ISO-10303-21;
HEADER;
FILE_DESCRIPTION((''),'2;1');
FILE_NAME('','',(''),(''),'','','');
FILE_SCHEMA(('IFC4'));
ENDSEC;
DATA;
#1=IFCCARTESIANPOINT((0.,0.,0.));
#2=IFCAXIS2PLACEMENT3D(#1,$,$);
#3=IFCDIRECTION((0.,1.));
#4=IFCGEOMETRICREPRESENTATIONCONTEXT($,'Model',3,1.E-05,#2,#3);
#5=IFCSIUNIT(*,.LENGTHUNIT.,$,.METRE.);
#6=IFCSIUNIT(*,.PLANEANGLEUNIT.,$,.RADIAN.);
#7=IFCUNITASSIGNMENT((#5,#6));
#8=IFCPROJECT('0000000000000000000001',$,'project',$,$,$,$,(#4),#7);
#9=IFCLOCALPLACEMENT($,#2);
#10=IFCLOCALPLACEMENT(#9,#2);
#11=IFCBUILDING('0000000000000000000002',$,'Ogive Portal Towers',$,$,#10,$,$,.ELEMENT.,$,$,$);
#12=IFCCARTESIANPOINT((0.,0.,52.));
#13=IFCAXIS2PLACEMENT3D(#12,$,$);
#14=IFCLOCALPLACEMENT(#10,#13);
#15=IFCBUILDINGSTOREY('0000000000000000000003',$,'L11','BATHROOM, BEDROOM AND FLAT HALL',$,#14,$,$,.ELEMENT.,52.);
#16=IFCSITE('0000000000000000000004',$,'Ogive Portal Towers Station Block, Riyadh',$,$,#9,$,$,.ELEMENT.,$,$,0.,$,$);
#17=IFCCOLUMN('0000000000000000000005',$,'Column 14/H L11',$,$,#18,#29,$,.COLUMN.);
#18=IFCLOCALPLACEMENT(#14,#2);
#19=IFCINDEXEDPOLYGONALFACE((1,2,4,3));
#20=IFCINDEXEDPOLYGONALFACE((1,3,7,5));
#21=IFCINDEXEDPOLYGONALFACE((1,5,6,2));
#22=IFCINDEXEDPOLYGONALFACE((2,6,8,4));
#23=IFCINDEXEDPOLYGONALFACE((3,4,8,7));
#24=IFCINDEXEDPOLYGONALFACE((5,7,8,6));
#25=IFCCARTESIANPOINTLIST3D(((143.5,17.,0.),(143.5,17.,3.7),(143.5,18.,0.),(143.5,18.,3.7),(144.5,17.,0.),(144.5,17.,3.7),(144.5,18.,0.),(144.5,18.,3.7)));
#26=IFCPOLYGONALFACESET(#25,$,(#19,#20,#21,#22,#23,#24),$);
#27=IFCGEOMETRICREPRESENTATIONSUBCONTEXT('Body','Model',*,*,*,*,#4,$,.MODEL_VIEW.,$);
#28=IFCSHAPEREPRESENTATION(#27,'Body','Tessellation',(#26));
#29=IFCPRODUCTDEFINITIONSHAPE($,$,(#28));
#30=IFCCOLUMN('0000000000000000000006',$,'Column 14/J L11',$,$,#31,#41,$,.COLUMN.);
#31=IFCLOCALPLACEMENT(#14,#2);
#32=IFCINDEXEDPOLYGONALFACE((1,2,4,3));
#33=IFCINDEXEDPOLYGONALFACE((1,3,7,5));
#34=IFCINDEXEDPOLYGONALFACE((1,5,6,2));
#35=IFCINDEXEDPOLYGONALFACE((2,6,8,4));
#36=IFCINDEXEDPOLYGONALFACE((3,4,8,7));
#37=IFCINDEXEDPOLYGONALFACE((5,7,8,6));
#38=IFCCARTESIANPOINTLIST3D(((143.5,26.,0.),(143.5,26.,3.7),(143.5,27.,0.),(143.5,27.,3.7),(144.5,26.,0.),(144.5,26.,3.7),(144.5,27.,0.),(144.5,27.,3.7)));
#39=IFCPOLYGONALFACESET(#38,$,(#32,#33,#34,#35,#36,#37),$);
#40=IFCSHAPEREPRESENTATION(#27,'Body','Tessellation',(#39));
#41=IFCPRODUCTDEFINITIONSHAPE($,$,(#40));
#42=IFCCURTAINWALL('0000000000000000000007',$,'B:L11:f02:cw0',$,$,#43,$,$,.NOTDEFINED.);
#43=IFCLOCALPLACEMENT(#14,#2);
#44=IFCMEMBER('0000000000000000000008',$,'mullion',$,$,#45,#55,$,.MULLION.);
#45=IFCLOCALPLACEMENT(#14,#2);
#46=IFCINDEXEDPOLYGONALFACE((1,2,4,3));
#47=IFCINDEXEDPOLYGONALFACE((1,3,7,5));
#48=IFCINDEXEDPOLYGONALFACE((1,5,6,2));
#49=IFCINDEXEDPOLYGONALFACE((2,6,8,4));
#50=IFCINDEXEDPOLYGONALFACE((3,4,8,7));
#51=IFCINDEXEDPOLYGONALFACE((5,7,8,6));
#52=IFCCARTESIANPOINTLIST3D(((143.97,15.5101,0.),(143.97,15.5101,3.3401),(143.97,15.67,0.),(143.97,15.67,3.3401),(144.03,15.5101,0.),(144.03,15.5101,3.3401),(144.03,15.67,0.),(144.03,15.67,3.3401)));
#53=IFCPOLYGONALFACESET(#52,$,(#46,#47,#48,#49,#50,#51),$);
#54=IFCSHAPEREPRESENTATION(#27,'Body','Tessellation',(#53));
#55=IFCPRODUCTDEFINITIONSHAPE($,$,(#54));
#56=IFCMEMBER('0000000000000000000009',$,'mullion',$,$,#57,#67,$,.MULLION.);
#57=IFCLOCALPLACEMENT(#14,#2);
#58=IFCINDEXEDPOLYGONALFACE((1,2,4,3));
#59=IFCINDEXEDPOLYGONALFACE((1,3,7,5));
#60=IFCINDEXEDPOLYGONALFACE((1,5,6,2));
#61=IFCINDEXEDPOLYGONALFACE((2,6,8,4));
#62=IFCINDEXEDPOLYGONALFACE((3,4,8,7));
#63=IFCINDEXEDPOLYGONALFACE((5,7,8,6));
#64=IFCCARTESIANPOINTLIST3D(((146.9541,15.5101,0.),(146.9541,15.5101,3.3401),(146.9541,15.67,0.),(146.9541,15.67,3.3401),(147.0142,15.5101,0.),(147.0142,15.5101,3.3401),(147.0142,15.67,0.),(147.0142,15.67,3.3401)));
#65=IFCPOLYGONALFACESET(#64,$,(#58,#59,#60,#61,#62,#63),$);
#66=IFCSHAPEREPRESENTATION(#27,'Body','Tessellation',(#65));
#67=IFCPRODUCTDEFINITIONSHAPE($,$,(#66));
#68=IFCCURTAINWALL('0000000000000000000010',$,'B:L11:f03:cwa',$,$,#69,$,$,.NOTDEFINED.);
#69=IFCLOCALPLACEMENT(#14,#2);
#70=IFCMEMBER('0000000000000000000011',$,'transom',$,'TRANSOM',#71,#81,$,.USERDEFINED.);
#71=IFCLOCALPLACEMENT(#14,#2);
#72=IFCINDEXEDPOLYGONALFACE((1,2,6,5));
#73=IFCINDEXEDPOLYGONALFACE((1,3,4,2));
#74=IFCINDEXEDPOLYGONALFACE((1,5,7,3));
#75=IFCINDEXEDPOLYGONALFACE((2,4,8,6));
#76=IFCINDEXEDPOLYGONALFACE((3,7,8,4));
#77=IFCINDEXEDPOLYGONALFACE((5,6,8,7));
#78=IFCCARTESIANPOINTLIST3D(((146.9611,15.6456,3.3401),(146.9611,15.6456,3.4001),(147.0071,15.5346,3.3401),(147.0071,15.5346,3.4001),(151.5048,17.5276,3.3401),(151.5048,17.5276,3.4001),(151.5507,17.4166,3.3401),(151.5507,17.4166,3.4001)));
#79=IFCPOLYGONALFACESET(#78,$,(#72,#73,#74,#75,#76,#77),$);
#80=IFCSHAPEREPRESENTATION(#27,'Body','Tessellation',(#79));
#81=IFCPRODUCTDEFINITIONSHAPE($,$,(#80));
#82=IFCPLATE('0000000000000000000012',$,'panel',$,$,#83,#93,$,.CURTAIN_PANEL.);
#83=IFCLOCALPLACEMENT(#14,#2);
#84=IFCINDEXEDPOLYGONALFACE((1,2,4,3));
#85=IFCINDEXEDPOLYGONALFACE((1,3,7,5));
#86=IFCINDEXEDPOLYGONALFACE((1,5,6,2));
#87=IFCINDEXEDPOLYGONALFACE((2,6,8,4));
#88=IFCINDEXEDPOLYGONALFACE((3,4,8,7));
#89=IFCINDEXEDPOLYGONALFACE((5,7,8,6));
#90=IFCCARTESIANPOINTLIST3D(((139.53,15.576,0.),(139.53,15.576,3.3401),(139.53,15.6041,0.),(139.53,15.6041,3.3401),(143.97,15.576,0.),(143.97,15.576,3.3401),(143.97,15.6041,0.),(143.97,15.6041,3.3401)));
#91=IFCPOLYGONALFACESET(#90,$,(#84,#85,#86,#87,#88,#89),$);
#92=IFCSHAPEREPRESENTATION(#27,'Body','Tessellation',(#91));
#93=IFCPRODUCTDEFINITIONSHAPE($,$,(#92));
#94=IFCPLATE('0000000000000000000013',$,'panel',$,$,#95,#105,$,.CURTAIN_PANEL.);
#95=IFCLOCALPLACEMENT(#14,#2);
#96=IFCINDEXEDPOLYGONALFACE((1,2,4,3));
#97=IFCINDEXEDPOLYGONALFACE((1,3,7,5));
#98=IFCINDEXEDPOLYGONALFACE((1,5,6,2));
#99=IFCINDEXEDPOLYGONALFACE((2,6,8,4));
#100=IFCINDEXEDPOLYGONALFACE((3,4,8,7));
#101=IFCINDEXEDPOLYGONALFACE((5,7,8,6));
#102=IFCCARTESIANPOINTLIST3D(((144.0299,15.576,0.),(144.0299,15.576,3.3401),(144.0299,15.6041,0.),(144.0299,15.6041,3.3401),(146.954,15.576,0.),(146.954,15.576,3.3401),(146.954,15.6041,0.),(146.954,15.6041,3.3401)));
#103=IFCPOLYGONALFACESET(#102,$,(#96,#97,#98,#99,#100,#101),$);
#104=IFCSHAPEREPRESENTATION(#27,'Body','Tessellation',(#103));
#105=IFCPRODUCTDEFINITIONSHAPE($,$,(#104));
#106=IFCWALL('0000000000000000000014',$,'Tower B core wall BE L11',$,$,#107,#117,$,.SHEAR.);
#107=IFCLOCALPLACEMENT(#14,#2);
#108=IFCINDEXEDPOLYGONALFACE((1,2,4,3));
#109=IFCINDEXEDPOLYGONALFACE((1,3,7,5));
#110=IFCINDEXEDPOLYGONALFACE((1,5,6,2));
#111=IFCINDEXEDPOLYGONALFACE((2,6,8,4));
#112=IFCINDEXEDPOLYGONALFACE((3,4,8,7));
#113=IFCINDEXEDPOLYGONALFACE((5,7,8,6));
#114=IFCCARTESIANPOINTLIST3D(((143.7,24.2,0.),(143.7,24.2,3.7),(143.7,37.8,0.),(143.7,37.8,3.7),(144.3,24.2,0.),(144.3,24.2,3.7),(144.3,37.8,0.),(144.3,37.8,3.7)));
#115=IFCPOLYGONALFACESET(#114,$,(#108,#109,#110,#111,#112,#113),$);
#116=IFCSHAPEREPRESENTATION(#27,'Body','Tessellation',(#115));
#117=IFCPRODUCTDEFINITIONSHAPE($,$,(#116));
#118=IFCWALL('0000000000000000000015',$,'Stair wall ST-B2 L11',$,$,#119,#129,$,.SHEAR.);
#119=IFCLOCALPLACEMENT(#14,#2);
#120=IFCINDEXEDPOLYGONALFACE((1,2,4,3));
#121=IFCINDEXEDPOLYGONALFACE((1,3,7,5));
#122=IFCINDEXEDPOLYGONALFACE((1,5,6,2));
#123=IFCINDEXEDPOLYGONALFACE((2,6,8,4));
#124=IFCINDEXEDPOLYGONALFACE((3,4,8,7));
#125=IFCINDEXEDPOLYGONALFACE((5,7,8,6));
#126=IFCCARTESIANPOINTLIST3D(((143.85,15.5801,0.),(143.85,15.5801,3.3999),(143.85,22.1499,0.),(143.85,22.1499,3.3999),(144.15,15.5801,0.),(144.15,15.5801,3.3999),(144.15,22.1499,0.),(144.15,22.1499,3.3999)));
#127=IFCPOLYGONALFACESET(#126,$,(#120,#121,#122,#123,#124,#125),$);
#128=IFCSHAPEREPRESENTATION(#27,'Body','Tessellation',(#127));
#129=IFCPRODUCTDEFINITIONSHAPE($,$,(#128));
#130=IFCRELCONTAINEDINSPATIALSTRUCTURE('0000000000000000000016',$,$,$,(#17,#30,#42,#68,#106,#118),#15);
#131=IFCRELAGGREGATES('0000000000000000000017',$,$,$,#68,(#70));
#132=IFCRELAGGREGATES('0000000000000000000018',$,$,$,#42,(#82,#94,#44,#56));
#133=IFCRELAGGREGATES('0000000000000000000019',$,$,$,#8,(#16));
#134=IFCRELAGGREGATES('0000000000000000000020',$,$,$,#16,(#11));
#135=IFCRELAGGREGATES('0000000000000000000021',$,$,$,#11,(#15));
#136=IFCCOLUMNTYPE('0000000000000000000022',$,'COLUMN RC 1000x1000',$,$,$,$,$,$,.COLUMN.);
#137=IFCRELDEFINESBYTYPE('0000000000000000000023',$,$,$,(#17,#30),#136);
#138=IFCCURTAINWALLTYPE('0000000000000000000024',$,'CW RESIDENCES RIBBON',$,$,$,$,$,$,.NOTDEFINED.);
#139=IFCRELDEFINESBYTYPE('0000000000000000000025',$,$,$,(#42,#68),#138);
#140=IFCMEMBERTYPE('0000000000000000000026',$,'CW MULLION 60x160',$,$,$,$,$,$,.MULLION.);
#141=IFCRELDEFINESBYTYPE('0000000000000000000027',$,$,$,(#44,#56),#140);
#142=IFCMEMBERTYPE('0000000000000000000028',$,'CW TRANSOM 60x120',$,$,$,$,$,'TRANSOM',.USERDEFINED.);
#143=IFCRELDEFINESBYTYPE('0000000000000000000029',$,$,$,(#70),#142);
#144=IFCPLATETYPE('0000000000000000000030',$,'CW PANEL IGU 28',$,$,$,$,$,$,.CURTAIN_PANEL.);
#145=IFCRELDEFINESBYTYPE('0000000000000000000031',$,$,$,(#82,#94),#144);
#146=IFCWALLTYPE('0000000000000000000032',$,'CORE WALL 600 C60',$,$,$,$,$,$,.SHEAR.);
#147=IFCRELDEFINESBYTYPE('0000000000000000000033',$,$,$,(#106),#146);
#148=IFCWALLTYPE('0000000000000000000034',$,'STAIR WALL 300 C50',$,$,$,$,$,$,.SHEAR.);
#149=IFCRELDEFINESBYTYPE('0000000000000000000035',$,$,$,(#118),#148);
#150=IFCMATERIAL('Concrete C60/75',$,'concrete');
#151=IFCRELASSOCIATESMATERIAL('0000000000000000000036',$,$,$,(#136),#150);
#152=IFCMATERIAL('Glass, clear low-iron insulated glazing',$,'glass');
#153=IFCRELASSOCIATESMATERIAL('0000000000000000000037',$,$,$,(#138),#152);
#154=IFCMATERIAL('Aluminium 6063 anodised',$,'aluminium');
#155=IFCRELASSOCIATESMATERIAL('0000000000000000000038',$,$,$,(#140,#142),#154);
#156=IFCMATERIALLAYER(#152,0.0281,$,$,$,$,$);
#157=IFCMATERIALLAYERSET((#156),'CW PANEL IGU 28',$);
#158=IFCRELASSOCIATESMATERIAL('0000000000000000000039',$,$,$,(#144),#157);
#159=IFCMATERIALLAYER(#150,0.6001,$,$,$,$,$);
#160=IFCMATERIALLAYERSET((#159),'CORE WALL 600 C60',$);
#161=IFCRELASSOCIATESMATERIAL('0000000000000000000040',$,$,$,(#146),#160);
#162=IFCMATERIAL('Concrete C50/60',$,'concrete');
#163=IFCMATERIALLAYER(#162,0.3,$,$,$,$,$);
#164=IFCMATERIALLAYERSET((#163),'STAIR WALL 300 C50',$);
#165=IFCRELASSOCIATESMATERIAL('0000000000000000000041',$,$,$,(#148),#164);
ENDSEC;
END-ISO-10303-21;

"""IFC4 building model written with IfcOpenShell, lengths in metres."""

from ifc_helpers import new_model, si_unit, direction, frame, frame_2d, origin, origin_2d, place, context, subcontext, project, spatial, rectangle, extrude, material, layer, layer_set, material_profile, profile_set, type_object, element, aggregate, save


model = new_model("IFC4")

# Units and contexts
model_context = context("Model", 3, precision=1e-05, world=origin(), true_north=direction((0.0, 1.0)))
body_context = subcontext(model_context, "Body", "Model", "MODEL_VIEW")
ifc_project = project(units=[si_unit("LENGTHUNIT", "METRE"), si_unit("PLANEANGLEUNIT", "RADIAN")], contexts=[model_context])

# Site, building, storey
site_placement = place(None, origin())
site = spatial("IfcSite", under=ifc_project, at=site_placement, Name="Ogive Portal Towers Station Block, Riyadh", CompositionType="ELEMENT", RefElevation=0.0)
building_placement = place(site_placement, origin())
building = spatial("IfcBuilding", under=site, at=building_placement, Name="Ogive Portal Towers", CompositionType="ELEMENT")
storey_placement = place(building_placement, frame((0.0, 0.0, 52.0)))
storey = spatial("IfcBuildingStorey", under=building, at=storey_placement, Name="L11", Description="BATHROOM, BEDROOM AND FLAT HALL", CompositionType="ELEMENT", Elevation=52.0)

# Columns
ifc_material_1 = material(Name="Concrete C60/75", Category="concrete")
ifc_material_profile_1 = material_profile(ifc_material_1, rectangle(XDim=1.0, YDim=1.0, at=origin_2d()), Name="RC 1000x1000")
ifc_profile_set_1 = profile_set([ifc_material_profile_1], Name="Concrete C60/75")
column_type = type_object("IfcColumnType", Name="COLUMN RC 1000x1000", PredefinedType="COLUMN", material=ifc_profile_set_1)
for number, where, z_axis, x_axis, name in (
    (1, (144.0, 17.5, 0.0), (0.0, 0.0, 1.0), (1.0, 0.0, 0.0), "Column 14/H L11"),
    (2, (144.0, 26.5, 0.0), (0.0, 0.0, 1.0), (1.0, 0.0, 0.0), "Column 14/J L11"),
):
    element("IfcColumn", number, at=place(storey_placement, frame(where, z_axis=z_axis, x_axis=x_axis)), inside=storey, type_object=column_type, Name=name, PredefinedType="COLUMN", context=body_context, shape_type="SweptSolid", body=[
        extrude(rectangle(XDim=1.0, YDim=1.0, at=origin_2d()), origin(), (0.0, 0.0, 1.0), 3.7),
    ])

# Curtain wall, members
ifc_material_2 = material(Name="Glass, clear low-iron insulated glazing", Category="glass")
curtain_wall_type = type_object("IfcCurtainWallType", Name="CW RESIDENCES RIBBON", PredefinedType="NOTDEFINED", material=ifc_material_2)
curtain_wall_1_placement = place(storey_placement, origin())
curtain_wall_1 = element("IfcCurtainWall", 3, at=curtain_wall_1_placement, inside=storey, type_object=curtain_wall_type, Name="B:L11:f02:cw0", PredefinedType="NOTDEFINED")
ifc_material_3 = material(Name="Aluminium 6063 anodised", Category="aluminium")
ifc_material_profile_2 = material_profile(ifc_material_3, rectangle(XDim=0.1599, YDim=0.0601, at=origin_2d()), Name="AL 60x160")
ifc_profile_set_2 = profile_set([ifc_material_profile_2], Name="Aluminium 6063 anodised")
member_type_1 = type_object("IfcMemberType", Name="CW MULLION 60x160", PredefinedType="MULLION", material=ifc_profile_set_2)
member_1_placement = place(storey_placement, frame((144.0, 15.5901, 0.0), z_axis=(0.0, 0.0, 1.0), x_axis=(0.0, 1.0, 0.0)))
member_1 = element("IfcMember", 4, at=member_1_placement, type_object=member_type_1, Name="mullion", PredefinedType="MULLION", context=body_context, shape_type="SweptSolid", body=[
    extrude(rectangle(XDim=0.1599, YDim=0.0601, at=origin_2d()), origin(), (0.0, 0.0, 1.0), 3.3401),
])
member_2_placement = place(storey_placement, frame((146.9841, 15.5901, 0.0), z_axis=(0.0, 0.0, 1.0), x_axis=(0.0, 1.0, 0.0)))
member_2 = element("IfcMember", 5, at=member_2_placement, type_object=member_type_1, Name="mullion", PredefinedType="MULLION", context=body_context, shape_type="SweptSolid", body=[
    extrude(rectangle(XDim=0.1599, YDim=0.0601, at=origin_2d()), origin(), (0.0, 0.0, 1.0), 3.3401),
])

# Curtain wall, member
curtain_wall_2_placement = place(storey_placement, origin())
curtain_wall_2 = element("IfcCurtainWall", 6, at=curtain_wall_2_placement, inside=storey, type_object=curtain_wall_type, Name="B:L11:f03:cwa", PredefinedType="NOTDEFINED")
ifc_material_profile_3 = material_profile(ifc_material_3, rectangle(XDim=0.1201, YDim=0.0601, at=origin_2d()), Name="AL 120x60")
ifc_profile_set_3 = profile_set([ifc_material_profile_3], Name="Aluminium 6063 anodised")
member_type_2 = type_object("IfcMemberType", Name="CW TRANSOM 60x120", ElementType="TRANSOM", PredefinedType="USERDEFINED", material=ifc_profile_set_3)
member_3_placement = place(storey_placement, frame((146.9841, 15.5901, 3.3701), z_axis=(0.923878, 0.382686, 0.0), x_axis=(-0.382686, 0.923878, 0.0)))
member_3 = element("IfcMember", 7, at=member_3_placement, type_object=member_type_2, Name="transom", ObjectType="TRANSOM", PredefinedType="USERDEFINED", context=body_context, shape_type="SweptSolid", body=[
    extrude(rectangle(XDim=0.1201, YDim=0.0601, at=origin_2d()), origin(), (0.0, 0.0, 1.0), 4.918),
])
aggregate(curtain_wall_2, [member_3])

# Plates
ifc_layer_1 = layer(ifc_material_2, 0.0281)
ifc_layer_set_1 = layer_set([ifc_layer_1], Name="CW PANEL IGU 28")
plate_type = type_object("IfcPlateType", Name="CW PANEL IGU 28", PredefinedType="CURTAIN_PANEL", material=ifc_layer_set_1)
plate_1_placement = place(storey_placement, frame((141.75, 15.5901, 0.0), z_axis=(0.0, 0.0, 1.0), x_axis=(1.0, 0.0, 0.0)))
plate_1 = element("IfcPlate", 8, at=plate_1_placement, type_object=plate_type, Name="panel", PredefinedType="CURTAIN_PANEL", context=body_context, shape_type="SweptSolid", body=[
    extrude(rectangle(XDim=4.4399, YDim=0.0281, at=origin_2d()), origin(), (0.0, 0.0, 1.0), 3.3401),
])
plate_2_placement = place(storey_placement, frame((145.4919, 15.5901, 0.0), z_axis=(0.0, 0.0, 1.0), x_axis=(1.0, 0.0, 0.0)))
plate_2 = element("IfcPlate", 9, at=plate_2_placement, type_object=plate_type, Name="panel", PredefinedType="CURTAIN_PANEL", context=body_context, shape_type="SweptSolid", body=[
    extrude(rectangle(XDim=2.9241, YDim=0.0281, at=origin_2d()), origin(), (0.0, 0.0, 1.0), 3.3401),
])
aggregate(curtain_wall_1, [plate_1, plate_2, member_1, member_2])

# Walls
ifc_layer_2 = layer(ifc_material_1, 0.6001)
ifc_layer_set_2 = layer_set([ifc_layer_2], Name="CORE WALL 600 C60")
wall_type_1 = type_object("IfcWallType", Name="CORE WALL 600 C60", PredefinedType="SHEAR", material=ifc_layer_set_2)
wall_1_placement = place(storey_placement, frame((144.0, 24.2, 0.0), z_axis=(0.0, 0.0, 1.0), x_axis=(0.0, 1.0, 0.0)))
element("IfcWall", 10, at=wall_1_placement, inside=storey, type_object=wall_type_1, Name="Tower B core wall BE L11", PredefinedType="SHEAR", context=body_context, shape_type="SweptSolid", body=[
    extrude(rectangle(XDim=13.6001, YDim=0.6001, at=frame_2d((6.8, 0.0))), origin(), (0.0, 0.0, 1.0), 3.7),
])
ifc_material_4 = material(Name="Concrete C50/60", Category="concrete")
ifc_layer_3 = layer(ifc_material_4, 0.3)
ifc_layer_set_3 = layer_set([ifc_layer_3], Name="STAIR WALL 300 C50")
wall_type_2 = type_object("IfcWallType", Name="STAIR WALL 300 C50", PredefinedType="SHEAR", material=ifc_layer_set_3)
wall_2_placement = place(storey_placement, frame((144.0, 15.5801, 0.0), z_axis=(0.0, 0.0, 1.0), x_axis=(0.0, 1.0, 0.0)))
element("IfcWall", 11, at=wall_2_placement, inside=storey, type_object=wall_type_2, Name="Stair wall ST-B2 L11", PredefinedType="SHEAR", context=body_context, shape_type="SweptSolid", body=[
    extrude(rectangle(XDim=6.5698, YDim=0.3, at=frame_2d((3.2849, 0.0))), origin(), (0.0, 0.0, 1.0), 3.3999),
])

save(model, "model.ifc")
